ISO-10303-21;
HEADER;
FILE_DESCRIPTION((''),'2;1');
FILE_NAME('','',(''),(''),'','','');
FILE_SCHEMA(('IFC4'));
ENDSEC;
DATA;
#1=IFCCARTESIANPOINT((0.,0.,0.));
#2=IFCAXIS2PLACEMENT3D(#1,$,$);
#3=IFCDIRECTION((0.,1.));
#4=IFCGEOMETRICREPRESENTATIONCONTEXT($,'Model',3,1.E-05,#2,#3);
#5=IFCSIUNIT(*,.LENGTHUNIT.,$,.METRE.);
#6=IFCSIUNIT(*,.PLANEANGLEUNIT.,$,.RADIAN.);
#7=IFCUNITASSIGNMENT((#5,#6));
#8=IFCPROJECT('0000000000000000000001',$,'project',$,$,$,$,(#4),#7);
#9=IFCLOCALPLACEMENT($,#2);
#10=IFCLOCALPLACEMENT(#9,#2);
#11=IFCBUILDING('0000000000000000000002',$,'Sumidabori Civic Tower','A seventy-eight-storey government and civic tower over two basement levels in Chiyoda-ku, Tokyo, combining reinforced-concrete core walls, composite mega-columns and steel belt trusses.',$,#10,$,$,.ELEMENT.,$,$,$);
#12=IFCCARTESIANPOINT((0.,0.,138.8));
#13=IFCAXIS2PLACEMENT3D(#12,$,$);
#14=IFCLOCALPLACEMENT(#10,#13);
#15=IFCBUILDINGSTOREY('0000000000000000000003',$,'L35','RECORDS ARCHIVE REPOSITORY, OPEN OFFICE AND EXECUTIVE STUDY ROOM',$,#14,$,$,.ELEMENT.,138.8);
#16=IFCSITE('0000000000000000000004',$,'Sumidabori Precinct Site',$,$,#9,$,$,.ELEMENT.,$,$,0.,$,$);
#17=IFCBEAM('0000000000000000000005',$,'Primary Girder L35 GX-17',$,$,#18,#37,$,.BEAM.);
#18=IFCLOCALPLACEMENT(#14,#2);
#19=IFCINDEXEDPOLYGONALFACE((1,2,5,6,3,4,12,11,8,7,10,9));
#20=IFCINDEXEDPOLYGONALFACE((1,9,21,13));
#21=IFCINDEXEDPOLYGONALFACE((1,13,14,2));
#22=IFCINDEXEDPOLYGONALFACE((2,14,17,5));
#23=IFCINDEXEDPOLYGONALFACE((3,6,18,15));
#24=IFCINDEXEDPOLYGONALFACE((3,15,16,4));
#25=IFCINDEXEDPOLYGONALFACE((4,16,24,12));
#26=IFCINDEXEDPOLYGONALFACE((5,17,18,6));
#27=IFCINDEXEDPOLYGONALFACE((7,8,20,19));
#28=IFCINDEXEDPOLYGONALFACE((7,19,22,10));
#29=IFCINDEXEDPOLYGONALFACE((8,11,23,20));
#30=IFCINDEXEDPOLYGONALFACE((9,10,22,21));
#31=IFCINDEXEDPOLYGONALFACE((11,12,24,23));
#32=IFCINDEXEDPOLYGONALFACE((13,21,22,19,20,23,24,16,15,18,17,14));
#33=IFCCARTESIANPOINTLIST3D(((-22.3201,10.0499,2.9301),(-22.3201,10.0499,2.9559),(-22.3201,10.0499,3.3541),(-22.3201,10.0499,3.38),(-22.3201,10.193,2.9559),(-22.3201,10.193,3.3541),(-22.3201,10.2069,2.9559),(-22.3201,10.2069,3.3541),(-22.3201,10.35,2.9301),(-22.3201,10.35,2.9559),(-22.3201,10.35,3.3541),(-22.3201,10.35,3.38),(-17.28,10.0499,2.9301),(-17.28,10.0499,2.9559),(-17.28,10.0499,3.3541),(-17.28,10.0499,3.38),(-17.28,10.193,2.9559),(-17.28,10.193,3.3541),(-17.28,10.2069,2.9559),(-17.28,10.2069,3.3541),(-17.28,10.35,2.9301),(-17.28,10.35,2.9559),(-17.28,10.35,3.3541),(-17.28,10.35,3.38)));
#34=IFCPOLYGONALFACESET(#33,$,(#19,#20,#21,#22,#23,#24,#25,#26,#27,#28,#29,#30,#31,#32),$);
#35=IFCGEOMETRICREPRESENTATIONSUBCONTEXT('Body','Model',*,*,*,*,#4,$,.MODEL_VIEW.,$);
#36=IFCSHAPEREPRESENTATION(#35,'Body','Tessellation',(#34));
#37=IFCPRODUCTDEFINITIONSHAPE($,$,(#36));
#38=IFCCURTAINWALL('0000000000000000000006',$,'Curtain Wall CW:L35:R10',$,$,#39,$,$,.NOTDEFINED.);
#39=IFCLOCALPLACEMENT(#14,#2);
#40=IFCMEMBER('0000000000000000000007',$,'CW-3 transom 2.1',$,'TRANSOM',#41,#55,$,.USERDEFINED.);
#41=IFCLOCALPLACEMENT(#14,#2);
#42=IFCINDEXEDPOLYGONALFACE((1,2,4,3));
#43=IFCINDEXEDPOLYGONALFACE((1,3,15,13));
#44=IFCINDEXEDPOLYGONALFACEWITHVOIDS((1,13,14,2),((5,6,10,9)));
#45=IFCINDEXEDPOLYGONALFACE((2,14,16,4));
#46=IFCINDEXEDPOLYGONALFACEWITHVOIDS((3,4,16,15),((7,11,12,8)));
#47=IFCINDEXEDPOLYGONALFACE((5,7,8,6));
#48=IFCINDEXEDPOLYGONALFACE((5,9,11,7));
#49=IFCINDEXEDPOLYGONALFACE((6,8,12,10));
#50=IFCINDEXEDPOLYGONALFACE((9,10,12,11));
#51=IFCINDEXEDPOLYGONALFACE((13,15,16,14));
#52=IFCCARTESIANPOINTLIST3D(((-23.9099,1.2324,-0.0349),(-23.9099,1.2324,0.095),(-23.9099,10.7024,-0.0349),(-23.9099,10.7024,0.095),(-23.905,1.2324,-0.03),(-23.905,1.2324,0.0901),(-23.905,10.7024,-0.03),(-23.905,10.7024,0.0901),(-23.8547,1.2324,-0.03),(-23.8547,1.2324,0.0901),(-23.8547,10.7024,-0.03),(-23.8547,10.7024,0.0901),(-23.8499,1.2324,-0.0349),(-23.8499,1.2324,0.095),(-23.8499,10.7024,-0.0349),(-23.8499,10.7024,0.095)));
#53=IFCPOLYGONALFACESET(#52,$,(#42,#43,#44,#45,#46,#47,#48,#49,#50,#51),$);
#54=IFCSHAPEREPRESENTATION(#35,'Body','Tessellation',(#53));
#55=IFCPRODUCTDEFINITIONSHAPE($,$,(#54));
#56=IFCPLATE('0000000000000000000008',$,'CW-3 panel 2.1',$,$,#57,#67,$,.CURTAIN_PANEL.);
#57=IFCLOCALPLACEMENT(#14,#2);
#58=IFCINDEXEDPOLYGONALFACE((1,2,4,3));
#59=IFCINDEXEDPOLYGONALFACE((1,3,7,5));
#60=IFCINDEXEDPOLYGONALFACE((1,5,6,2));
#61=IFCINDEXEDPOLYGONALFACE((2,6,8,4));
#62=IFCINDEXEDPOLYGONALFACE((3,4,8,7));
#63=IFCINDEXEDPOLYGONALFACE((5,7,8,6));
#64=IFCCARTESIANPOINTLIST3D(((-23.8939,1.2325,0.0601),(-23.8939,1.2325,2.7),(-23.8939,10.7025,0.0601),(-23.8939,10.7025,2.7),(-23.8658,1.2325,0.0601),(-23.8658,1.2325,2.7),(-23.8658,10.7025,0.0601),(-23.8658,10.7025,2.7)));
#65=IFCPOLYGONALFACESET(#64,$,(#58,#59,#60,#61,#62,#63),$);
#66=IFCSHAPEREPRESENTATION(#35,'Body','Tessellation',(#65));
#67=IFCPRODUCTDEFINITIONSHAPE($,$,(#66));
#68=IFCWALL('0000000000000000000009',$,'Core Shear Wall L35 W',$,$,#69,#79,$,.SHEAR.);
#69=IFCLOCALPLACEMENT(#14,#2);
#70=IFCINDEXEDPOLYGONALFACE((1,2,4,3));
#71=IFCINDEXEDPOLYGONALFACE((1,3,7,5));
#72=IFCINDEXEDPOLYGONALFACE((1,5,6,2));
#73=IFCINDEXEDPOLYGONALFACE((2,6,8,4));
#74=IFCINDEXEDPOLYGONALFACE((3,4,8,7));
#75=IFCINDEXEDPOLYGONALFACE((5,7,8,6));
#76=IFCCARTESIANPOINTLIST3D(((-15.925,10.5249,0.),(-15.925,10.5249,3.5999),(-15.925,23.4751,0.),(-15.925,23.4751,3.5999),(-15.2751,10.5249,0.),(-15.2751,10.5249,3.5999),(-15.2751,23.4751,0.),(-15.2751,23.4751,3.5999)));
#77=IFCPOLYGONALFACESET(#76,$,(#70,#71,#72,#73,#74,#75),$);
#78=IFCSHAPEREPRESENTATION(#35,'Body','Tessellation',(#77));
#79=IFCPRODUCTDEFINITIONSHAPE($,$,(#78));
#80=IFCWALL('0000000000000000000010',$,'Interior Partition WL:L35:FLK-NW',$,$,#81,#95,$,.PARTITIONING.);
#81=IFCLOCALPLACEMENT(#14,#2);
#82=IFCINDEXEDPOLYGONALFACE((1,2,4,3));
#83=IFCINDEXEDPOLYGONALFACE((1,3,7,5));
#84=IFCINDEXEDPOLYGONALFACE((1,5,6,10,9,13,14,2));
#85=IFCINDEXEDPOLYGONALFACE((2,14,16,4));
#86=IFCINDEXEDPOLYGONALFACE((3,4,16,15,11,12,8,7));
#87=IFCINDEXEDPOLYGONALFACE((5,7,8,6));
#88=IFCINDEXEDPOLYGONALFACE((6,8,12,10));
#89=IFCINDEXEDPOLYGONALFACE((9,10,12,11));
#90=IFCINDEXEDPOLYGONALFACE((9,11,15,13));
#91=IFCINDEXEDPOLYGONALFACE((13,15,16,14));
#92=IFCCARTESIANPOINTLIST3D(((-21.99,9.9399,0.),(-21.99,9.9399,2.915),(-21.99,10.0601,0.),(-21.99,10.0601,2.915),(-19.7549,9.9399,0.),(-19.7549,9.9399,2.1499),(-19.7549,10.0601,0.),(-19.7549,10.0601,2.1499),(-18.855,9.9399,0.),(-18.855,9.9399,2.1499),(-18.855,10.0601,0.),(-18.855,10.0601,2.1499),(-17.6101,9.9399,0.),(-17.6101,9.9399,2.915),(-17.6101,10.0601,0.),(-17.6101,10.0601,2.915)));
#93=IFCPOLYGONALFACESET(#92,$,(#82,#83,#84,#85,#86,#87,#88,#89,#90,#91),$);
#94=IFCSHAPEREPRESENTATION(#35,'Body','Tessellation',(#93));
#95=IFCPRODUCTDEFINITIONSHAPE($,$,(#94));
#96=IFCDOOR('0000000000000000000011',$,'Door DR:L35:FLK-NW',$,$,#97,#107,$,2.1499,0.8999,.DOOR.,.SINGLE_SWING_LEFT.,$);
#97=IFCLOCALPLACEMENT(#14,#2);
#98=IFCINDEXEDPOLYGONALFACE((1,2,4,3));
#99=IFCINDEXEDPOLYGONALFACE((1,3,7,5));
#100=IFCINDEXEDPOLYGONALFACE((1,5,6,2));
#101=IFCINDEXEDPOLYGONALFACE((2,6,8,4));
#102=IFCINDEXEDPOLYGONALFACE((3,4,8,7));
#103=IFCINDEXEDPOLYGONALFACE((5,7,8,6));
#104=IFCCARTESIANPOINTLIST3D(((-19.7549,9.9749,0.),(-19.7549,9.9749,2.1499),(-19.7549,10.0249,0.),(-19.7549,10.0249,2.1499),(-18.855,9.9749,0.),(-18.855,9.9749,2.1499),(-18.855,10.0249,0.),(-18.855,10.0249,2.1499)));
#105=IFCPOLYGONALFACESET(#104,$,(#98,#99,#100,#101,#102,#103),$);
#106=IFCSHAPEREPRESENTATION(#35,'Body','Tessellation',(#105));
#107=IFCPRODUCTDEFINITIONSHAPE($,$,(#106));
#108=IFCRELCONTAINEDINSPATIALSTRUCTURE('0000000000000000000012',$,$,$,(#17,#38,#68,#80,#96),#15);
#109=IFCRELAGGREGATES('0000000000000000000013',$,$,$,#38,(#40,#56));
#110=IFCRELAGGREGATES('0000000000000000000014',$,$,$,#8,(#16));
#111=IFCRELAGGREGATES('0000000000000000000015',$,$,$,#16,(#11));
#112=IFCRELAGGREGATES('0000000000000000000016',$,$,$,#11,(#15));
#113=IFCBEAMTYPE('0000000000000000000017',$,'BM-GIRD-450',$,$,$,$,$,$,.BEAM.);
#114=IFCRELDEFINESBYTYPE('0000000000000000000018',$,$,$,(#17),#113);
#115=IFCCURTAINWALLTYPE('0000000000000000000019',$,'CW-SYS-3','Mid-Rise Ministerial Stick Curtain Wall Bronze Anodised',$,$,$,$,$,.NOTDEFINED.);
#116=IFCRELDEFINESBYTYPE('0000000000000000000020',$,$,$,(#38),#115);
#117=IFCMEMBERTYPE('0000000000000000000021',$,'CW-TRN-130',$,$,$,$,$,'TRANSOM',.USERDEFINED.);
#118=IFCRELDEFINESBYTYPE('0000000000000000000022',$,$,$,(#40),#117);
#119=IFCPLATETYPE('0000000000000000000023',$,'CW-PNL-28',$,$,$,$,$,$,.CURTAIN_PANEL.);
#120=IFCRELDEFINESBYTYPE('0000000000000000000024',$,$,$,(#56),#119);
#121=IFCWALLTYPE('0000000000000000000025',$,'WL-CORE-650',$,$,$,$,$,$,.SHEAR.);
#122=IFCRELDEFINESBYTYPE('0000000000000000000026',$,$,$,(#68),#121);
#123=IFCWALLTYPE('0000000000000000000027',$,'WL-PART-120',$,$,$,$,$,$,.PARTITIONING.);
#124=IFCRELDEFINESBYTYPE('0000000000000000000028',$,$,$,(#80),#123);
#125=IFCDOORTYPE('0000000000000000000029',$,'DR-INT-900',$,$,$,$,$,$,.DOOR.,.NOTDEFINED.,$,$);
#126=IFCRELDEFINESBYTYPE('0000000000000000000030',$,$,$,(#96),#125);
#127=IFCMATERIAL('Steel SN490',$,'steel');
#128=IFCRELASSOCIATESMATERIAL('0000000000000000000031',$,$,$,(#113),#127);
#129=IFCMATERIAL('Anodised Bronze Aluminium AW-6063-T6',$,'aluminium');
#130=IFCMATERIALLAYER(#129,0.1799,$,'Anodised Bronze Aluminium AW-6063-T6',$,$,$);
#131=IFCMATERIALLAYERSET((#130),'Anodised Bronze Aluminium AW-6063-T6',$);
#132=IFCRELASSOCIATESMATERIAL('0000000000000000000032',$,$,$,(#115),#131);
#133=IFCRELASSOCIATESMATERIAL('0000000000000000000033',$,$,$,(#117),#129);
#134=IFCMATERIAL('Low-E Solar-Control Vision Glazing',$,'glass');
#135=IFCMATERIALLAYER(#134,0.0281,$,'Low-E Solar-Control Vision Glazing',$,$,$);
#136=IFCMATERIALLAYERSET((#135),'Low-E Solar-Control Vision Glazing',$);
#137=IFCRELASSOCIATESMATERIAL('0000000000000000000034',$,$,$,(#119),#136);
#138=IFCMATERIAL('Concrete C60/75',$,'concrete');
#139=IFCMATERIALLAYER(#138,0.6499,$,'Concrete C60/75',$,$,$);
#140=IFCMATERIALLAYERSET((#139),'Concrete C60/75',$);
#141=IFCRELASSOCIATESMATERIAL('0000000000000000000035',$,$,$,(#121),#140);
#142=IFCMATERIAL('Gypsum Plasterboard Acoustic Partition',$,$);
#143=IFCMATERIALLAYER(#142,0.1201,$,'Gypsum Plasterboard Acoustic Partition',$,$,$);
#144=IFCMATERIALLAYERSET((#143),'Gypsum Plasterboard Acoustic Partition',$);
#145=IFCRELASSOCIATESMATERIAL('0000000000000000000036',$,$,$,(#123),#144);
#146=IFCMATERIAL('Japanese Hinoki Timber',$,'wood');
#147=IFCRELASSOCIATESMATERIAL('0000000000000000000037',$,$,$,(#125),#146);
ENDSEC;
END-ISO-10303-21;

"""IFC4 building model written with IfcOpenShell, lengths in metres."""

from ifc_helpers import new_model, si_unit, direction, frame, frame_2d, origin, origin_2d, place, context, subcontext, project, spatial, rectangle, hollow_rectangle, i_section, extrude, source, transform, mapped, material, layer, layer_set, material_profile, profile_set, type_object, element, fill, aggregate, save


model = new_model("IFC4")

# Units and contexts
model_context = context("Model", 3, precision=1e-05, world=origin(), true_north=direction((0.0, 1.0)))
body_context = subcontext(model_context, "Body", "Model", "MODEL_VIEW")
ifc_project = project(units=[si_unit("LENGTHUNIT", "METRE"), si_unit("PLANEANGLEUNIT", "RADIAN")], contexts=[model_context])

# Site, building, storey
site_placement = place(None, origin())
site = spatial("IfcSite", under=ifc_project, at=site_placement, Name="Sumidabori Precinct Site", CompositionType="ELEMENT", RefElevation=0.0)
building_placement = place(site_placement, origin())
building = spatial("IfcBuilding", under=site, at=building_placement, Name="Sumidabori Civic Tower", Description="A seventy-eight-storey government and civic tower over two basement levels in Chiyoda-ku, Tokyo, combining reinforced-concrete core walls, composite mega-columns and steel belt trusses.", CompositionType="ELEMENT")
storey_placement = place(building_placement, frame((0.0, 0.0, 138.8)))
storey = spatial("IfcBuildingStorey", under=building, at=storey_placement, Name="L35", Description="RECORDS ARCHIVE REPOSITORY, OPEN OFFICE AND EXECUTIVE STUDY ROOM", CompositionType="ELEMENT", Elevation=138.8)

# Shared definitions
ifc_material_1 = material(Name="Concrete C60/75", Category="concrete")

# Beam
ifc_material_2 = material(Name="Steel SN490", Category="steel")
ifc_material_profile_1 = material_profile(ifc_material_2, i_section(OverallWidth=0.3, OverallDepth=0.45, WebThickness=0.0139, FlangeThickness=0.0259, at=origin_2d()), Name="HE 450 B")
ifc_profile_set_1 = profile_set([ifc_material_profile_1], Name="Steel SN490")
beam_type_1 = type_object("IfcBeamType", Name="BM-GIRD-450", PredefinedType="BEAM", material=ifc_profile_set_1)
shared_shape_1 = source(origin(), body_context, "Body", "SweptSolid", [
    extrude(i_section(OverallWidth=0.3, OverallDepth=0.45, WebThickness=0.0139, FlangeThickness=0.0259, at=origin_2d()), origin(), (0.0, 0.0, 1.0), 5.04),
])
beam_1_placement = place(storey_placement, frame((-22.3201, 10.2, 3.155), z_axis=(1.0, 0.0, 0.0), x_axis=(0.0, 1.0, 0.0)))
element("IfcBeam", 1, at=beam_1_placement, inside=storey, type_object=beam_type_1, Name="Primary Girder L35 GX-17", PredefinedType="BEAM", context=body_context, shape_type="MappedRepresentation", body=[
    mapped(shared_shape_1, transform((0.0, 0.0, 0.0), x_axis=(1.0, 0.0, 0.0), y_axis=(0.0, 1.0, 0.0), z_axis=(0.0, 0.0, 1.0), scale=1.0)),
])

# Curtain wall, member, plate
ifc_material_3 = material(Name="Anodised Bronze Aluminium AW-6063-T6", Category="aluminium")
ifc_layer_1 = layer(ifc_material_3, 0.1799, Name="Anodised Bronze Aluminium AW-6063-T6")
ifc_layer_set_1 = layer_set([ifc_layer_1], Name="Anodised Bronze Aluminium AW-6063-T6")
curtain_wall_type = type_object("IfcCurtainWallType", Name="CW-SYS-3", Description="Mid-Rise Ministerial Stick Curtain Wall Bronze Anodised", PredefinedType="NOTDEFINED", material=ifc_layer_set_1)
curtain_wall_placement = place(storey_placement, origin())
curtain_wall = element("IfcCurtainWall", 2, at=curtain_wall_placement, inside=storey, type_object=curtain_wall_type, Name="Curtain Wall CW:L35:R10", PredefinedType="NOTDEFINED")
ifc_material_profile_2 = material_profile(ifc_material_3, hollow_rectangle(XDim=0.0601, YDim=0.1299, WallThickness=0.0049, at=origin_2d()), Name="ALU TRANSOM 130x60")
ifc_profile_set_2 = profile_set([ifc_material_profile_2], Name="Anodised Bronze Aluminium AW-6063-T6")
member_type = type_object("IfcMemberType", Name="CW-TRN-130", ElementType="TRANSOM", PredefinedType="USERDEFINED", material=ifc_profile_set_2)
shared_shape_2 = source(origin(), body_context, "Body", "SweptSolid", [
    extrude(hollow_rectangle(XDim=0.0601, YDim=0.1299, WallThickness=0.0049, at=origin_2d()), origin(), (0.0, 0.0, 1.0), 9.47),
])
member_placement = place(storey_placement, frame((-23.8799, 10.7024, 0.03), z_axis=(0.0, -1.0, 0.0), x_axis=(1.0, 0.0, 0.0)))
member = element("IfcMember", 3, at=member_placement, type_object=member_type, Name="CW-3 transom 2.1", ObjectType="TRANSOM", PredefinedType="USERDEFINED", context=body_context, shape_type="MappedRepresentation", body=[
    mapped(shared_shape_2, transform((0.0, 0.0, 0.0), x_axis=(1.0, 0.0, 0.0), y_axis=(0.0, 1.0, 0.0), z_axis=(0.0, 0.0, 1.0), scale=1.0)),
])
ifc_material_4 = material(Name="Low-E Solar-Control Vision Glazing", Category="glass")
ifc_layer_2 = layer(ifc_material_4, 0.0281, Name="Low-E Solar-Control Vision Glazing")
ifc_layer_set_2 = layer_set([ifc_layer_2], Name="Low-E Solar-Control Vision Glazing")
plate_type = type_object("IfcPlateType", Name="CW-PNL-28", PredefinedType="CURTAIN_PANEL", material=ifc_layer_set_2)
shared_shape_3 = source(origin(), body_context, "Body", "SweptSolid", [
    extrude(rectangle(XDim=9.47, YDim=0.0281, at=origin_2d()), origin(), (0.0, 0.0, 1.0), 2.6399),
])
plate_placement = place(storey_placement, frame((-23.8799, 5.9675, 0.0601), z_axis=(0.0, 0.0, 1.0), x_axis=(0.0, -1.0, 0.0)))
plate = element("IfcPlate", 4, at=plate_placement, type_object=plate_type, Name="CW-3 panel 2.1", PredefinedType="CURTAIN_PANEL", context=body_context, shape_type="MappedRepresentation", body=[
    mapped(shared_shape_3, transform((0.0, 0.0, 0.0), x_axis=(1.0, 0.0, 0.0), y_axis=(0.0, 1.0, 0.0), z_axis=(0.0, 0.0, 1.0), scale=1.0)),
])
aggregate(curtain_wall, [member, plate])

# Shared definitions
ifc_layer_3 = layer(ifc_material_1, 0.6499, Name="Concrete C60/75")
ifc_layer_set_3 = layer_set([ifc_layer_3], Name="Concrete C60/75")
wall_type_1 = type_object("IfcWallType", Name="WL-CORE-650", PredefinedType="SHEAR", material=ifc_layer_set_3)

# Wall
shared_shape_4 = source(origin(), body_context, "Body", "SweptSolid", [
    extrude(rectangle(XDim=12.9502, YDim=0.6499, at=frame_2d((6.4751, 0.0))), origin(), (0.0, 0.0, 1.0), 3.5999),
])
wall_1_placement = place(storey_placement, frame((-15.6001, 10.5249, 0.0), z_axis=(0.0, 0.0, 1.0), x_axis=(0.0, 1.0, 0.0)))
element("IfcWall", 5, at=wall_1_placement, inside=storey, type_object=wall_type_1, Name="Core Shear Wall L35 W", PredefinedType="SHEAR", context=body_context, shape_type="MappedRepresentation", body=[
    mapped(shared_shape_4, transform((0.0, 0.0, 0.0), x_axis=(1.0, 0.0, 0.0), y_axis=(0.0, 1.0, 0.0), z_axis=(0.0, 0.0, 1.0), scale=1.0)),
])

# Wall, opening, door
ifc_material_5 = material(Name="Gypsum Plasterboard Acoustic Partition")
ifc_layer_4 = layer(ifc_material_5, 0.1201, Name="Gypsum Plasterboard Acoustic Partition")
ifc_layer_set_4 = layer_set([ifc_layer_4], Name="Gypsum Plasterboard Acoustic Partition")
wall_type_2 = type_object("IfcWallType", Name="WL-PART-120", PredefinedType="PARTITIONING", material=ifc_layer_set_4)
shared_shape_5 = source(origin(), body_context, "Body", "SweptSolid", [
    extrude(rectangle(XDim=4.3799, YDim=0.1201, at=frame_2d((2.1899, 0.0))), origin(), (0.0, 0.0, 1.0), 2.915),
])
wall_2_placement = place(storey_placement, frame((-21.99, 10.0, 0.0), z_axis=(0.0, 0.0, 1.0), x_axis=(1.0, 0.0, 0.0)))
wall_2 = element("IfcWall", 6, at=wall_2_placement, inside=storey, type_object=wall_type_2, Name="Interior Partition WL:L35:FLK-NW", PredefinedType="PARTITIONING", context=body_context, shape_type="MappedRepresentation", body=[
    mapped(shared_shape_5, transform((0.0, 0.0, 0.0), x_axis=(1.0, 0.0, 0.0), y_axis=(0.0, 1.0, 0.0), z_axis=(0.0, 0.0, 1.0), scale=1.0)),
])
opening_1_placement = place(wall_2_placement, frame((2.2351, 0.0, 0.0)))
opening_1 = element("IfcOpeningElement", 7, at=opening_1_placement, cuts=wall_2, PredefinedType="OPENING", context=body_context, shape_type="SweptSolid", body=[
    extrude(rectangle(XDim=0.8999, YDim=2.1499, at=frame_2d((0.45, 1.075))), frame((0.0, 0.072, 0.0), z_axis=(0.0, -1.0, 0.0), x_axis=(1.0, 0.0, 0.0)), (0.0, 0.0, 1.0), 0.144),
])
ifc_material_6 = material(Name="Japanese Hinoki Timber", Category="wood")
door_type_1 = type_object("IfcDoorType", Name="DR-INT-900", OperationType="NOTDEFINED", PredefinedType="DOOR", material=ifc_material_6)
shared_shape_6 = source(origin(), body_context, "Body", "SweptSolid", [
    extrude(rectangle(XDim=0.8999, YDim=2.1499, at=frame_2d((0.45, 1.075))), frame((0.0, 0.0249, 0.0), z_axis=(0.0, -1.0, 0.0), x_axis=(1.0, 0.0, 0.0)), (0.0, 0.0, 1.0), 0.05),
])
door_1_placement = place(opening_1_placement, origin())
door_1 = element("IfcDoor", 8, at=door_1_placement, inside=storey, type_object=door_type_1, Name="Door DR:L35:FLK-NW", OperationType="SINGLE_SWING_LEFT", OverallHeight=2.1499, OverallWidth=0.8999, PredefinedType="DOOR", context=body_context, shape_type="MappedRepresentation", body=[
    mapped(shared_shape_6, transform((0.0, 0.0, 0.0), x_axis=(1.0, 0.0, 0.0), y_axis=(0.0, 1.0, 0.0), z_axis=(0.0, 0.0, 1.0), scale=1.0)),
])
fill(opening_1, door_1)

save(model, "model.ifc")
